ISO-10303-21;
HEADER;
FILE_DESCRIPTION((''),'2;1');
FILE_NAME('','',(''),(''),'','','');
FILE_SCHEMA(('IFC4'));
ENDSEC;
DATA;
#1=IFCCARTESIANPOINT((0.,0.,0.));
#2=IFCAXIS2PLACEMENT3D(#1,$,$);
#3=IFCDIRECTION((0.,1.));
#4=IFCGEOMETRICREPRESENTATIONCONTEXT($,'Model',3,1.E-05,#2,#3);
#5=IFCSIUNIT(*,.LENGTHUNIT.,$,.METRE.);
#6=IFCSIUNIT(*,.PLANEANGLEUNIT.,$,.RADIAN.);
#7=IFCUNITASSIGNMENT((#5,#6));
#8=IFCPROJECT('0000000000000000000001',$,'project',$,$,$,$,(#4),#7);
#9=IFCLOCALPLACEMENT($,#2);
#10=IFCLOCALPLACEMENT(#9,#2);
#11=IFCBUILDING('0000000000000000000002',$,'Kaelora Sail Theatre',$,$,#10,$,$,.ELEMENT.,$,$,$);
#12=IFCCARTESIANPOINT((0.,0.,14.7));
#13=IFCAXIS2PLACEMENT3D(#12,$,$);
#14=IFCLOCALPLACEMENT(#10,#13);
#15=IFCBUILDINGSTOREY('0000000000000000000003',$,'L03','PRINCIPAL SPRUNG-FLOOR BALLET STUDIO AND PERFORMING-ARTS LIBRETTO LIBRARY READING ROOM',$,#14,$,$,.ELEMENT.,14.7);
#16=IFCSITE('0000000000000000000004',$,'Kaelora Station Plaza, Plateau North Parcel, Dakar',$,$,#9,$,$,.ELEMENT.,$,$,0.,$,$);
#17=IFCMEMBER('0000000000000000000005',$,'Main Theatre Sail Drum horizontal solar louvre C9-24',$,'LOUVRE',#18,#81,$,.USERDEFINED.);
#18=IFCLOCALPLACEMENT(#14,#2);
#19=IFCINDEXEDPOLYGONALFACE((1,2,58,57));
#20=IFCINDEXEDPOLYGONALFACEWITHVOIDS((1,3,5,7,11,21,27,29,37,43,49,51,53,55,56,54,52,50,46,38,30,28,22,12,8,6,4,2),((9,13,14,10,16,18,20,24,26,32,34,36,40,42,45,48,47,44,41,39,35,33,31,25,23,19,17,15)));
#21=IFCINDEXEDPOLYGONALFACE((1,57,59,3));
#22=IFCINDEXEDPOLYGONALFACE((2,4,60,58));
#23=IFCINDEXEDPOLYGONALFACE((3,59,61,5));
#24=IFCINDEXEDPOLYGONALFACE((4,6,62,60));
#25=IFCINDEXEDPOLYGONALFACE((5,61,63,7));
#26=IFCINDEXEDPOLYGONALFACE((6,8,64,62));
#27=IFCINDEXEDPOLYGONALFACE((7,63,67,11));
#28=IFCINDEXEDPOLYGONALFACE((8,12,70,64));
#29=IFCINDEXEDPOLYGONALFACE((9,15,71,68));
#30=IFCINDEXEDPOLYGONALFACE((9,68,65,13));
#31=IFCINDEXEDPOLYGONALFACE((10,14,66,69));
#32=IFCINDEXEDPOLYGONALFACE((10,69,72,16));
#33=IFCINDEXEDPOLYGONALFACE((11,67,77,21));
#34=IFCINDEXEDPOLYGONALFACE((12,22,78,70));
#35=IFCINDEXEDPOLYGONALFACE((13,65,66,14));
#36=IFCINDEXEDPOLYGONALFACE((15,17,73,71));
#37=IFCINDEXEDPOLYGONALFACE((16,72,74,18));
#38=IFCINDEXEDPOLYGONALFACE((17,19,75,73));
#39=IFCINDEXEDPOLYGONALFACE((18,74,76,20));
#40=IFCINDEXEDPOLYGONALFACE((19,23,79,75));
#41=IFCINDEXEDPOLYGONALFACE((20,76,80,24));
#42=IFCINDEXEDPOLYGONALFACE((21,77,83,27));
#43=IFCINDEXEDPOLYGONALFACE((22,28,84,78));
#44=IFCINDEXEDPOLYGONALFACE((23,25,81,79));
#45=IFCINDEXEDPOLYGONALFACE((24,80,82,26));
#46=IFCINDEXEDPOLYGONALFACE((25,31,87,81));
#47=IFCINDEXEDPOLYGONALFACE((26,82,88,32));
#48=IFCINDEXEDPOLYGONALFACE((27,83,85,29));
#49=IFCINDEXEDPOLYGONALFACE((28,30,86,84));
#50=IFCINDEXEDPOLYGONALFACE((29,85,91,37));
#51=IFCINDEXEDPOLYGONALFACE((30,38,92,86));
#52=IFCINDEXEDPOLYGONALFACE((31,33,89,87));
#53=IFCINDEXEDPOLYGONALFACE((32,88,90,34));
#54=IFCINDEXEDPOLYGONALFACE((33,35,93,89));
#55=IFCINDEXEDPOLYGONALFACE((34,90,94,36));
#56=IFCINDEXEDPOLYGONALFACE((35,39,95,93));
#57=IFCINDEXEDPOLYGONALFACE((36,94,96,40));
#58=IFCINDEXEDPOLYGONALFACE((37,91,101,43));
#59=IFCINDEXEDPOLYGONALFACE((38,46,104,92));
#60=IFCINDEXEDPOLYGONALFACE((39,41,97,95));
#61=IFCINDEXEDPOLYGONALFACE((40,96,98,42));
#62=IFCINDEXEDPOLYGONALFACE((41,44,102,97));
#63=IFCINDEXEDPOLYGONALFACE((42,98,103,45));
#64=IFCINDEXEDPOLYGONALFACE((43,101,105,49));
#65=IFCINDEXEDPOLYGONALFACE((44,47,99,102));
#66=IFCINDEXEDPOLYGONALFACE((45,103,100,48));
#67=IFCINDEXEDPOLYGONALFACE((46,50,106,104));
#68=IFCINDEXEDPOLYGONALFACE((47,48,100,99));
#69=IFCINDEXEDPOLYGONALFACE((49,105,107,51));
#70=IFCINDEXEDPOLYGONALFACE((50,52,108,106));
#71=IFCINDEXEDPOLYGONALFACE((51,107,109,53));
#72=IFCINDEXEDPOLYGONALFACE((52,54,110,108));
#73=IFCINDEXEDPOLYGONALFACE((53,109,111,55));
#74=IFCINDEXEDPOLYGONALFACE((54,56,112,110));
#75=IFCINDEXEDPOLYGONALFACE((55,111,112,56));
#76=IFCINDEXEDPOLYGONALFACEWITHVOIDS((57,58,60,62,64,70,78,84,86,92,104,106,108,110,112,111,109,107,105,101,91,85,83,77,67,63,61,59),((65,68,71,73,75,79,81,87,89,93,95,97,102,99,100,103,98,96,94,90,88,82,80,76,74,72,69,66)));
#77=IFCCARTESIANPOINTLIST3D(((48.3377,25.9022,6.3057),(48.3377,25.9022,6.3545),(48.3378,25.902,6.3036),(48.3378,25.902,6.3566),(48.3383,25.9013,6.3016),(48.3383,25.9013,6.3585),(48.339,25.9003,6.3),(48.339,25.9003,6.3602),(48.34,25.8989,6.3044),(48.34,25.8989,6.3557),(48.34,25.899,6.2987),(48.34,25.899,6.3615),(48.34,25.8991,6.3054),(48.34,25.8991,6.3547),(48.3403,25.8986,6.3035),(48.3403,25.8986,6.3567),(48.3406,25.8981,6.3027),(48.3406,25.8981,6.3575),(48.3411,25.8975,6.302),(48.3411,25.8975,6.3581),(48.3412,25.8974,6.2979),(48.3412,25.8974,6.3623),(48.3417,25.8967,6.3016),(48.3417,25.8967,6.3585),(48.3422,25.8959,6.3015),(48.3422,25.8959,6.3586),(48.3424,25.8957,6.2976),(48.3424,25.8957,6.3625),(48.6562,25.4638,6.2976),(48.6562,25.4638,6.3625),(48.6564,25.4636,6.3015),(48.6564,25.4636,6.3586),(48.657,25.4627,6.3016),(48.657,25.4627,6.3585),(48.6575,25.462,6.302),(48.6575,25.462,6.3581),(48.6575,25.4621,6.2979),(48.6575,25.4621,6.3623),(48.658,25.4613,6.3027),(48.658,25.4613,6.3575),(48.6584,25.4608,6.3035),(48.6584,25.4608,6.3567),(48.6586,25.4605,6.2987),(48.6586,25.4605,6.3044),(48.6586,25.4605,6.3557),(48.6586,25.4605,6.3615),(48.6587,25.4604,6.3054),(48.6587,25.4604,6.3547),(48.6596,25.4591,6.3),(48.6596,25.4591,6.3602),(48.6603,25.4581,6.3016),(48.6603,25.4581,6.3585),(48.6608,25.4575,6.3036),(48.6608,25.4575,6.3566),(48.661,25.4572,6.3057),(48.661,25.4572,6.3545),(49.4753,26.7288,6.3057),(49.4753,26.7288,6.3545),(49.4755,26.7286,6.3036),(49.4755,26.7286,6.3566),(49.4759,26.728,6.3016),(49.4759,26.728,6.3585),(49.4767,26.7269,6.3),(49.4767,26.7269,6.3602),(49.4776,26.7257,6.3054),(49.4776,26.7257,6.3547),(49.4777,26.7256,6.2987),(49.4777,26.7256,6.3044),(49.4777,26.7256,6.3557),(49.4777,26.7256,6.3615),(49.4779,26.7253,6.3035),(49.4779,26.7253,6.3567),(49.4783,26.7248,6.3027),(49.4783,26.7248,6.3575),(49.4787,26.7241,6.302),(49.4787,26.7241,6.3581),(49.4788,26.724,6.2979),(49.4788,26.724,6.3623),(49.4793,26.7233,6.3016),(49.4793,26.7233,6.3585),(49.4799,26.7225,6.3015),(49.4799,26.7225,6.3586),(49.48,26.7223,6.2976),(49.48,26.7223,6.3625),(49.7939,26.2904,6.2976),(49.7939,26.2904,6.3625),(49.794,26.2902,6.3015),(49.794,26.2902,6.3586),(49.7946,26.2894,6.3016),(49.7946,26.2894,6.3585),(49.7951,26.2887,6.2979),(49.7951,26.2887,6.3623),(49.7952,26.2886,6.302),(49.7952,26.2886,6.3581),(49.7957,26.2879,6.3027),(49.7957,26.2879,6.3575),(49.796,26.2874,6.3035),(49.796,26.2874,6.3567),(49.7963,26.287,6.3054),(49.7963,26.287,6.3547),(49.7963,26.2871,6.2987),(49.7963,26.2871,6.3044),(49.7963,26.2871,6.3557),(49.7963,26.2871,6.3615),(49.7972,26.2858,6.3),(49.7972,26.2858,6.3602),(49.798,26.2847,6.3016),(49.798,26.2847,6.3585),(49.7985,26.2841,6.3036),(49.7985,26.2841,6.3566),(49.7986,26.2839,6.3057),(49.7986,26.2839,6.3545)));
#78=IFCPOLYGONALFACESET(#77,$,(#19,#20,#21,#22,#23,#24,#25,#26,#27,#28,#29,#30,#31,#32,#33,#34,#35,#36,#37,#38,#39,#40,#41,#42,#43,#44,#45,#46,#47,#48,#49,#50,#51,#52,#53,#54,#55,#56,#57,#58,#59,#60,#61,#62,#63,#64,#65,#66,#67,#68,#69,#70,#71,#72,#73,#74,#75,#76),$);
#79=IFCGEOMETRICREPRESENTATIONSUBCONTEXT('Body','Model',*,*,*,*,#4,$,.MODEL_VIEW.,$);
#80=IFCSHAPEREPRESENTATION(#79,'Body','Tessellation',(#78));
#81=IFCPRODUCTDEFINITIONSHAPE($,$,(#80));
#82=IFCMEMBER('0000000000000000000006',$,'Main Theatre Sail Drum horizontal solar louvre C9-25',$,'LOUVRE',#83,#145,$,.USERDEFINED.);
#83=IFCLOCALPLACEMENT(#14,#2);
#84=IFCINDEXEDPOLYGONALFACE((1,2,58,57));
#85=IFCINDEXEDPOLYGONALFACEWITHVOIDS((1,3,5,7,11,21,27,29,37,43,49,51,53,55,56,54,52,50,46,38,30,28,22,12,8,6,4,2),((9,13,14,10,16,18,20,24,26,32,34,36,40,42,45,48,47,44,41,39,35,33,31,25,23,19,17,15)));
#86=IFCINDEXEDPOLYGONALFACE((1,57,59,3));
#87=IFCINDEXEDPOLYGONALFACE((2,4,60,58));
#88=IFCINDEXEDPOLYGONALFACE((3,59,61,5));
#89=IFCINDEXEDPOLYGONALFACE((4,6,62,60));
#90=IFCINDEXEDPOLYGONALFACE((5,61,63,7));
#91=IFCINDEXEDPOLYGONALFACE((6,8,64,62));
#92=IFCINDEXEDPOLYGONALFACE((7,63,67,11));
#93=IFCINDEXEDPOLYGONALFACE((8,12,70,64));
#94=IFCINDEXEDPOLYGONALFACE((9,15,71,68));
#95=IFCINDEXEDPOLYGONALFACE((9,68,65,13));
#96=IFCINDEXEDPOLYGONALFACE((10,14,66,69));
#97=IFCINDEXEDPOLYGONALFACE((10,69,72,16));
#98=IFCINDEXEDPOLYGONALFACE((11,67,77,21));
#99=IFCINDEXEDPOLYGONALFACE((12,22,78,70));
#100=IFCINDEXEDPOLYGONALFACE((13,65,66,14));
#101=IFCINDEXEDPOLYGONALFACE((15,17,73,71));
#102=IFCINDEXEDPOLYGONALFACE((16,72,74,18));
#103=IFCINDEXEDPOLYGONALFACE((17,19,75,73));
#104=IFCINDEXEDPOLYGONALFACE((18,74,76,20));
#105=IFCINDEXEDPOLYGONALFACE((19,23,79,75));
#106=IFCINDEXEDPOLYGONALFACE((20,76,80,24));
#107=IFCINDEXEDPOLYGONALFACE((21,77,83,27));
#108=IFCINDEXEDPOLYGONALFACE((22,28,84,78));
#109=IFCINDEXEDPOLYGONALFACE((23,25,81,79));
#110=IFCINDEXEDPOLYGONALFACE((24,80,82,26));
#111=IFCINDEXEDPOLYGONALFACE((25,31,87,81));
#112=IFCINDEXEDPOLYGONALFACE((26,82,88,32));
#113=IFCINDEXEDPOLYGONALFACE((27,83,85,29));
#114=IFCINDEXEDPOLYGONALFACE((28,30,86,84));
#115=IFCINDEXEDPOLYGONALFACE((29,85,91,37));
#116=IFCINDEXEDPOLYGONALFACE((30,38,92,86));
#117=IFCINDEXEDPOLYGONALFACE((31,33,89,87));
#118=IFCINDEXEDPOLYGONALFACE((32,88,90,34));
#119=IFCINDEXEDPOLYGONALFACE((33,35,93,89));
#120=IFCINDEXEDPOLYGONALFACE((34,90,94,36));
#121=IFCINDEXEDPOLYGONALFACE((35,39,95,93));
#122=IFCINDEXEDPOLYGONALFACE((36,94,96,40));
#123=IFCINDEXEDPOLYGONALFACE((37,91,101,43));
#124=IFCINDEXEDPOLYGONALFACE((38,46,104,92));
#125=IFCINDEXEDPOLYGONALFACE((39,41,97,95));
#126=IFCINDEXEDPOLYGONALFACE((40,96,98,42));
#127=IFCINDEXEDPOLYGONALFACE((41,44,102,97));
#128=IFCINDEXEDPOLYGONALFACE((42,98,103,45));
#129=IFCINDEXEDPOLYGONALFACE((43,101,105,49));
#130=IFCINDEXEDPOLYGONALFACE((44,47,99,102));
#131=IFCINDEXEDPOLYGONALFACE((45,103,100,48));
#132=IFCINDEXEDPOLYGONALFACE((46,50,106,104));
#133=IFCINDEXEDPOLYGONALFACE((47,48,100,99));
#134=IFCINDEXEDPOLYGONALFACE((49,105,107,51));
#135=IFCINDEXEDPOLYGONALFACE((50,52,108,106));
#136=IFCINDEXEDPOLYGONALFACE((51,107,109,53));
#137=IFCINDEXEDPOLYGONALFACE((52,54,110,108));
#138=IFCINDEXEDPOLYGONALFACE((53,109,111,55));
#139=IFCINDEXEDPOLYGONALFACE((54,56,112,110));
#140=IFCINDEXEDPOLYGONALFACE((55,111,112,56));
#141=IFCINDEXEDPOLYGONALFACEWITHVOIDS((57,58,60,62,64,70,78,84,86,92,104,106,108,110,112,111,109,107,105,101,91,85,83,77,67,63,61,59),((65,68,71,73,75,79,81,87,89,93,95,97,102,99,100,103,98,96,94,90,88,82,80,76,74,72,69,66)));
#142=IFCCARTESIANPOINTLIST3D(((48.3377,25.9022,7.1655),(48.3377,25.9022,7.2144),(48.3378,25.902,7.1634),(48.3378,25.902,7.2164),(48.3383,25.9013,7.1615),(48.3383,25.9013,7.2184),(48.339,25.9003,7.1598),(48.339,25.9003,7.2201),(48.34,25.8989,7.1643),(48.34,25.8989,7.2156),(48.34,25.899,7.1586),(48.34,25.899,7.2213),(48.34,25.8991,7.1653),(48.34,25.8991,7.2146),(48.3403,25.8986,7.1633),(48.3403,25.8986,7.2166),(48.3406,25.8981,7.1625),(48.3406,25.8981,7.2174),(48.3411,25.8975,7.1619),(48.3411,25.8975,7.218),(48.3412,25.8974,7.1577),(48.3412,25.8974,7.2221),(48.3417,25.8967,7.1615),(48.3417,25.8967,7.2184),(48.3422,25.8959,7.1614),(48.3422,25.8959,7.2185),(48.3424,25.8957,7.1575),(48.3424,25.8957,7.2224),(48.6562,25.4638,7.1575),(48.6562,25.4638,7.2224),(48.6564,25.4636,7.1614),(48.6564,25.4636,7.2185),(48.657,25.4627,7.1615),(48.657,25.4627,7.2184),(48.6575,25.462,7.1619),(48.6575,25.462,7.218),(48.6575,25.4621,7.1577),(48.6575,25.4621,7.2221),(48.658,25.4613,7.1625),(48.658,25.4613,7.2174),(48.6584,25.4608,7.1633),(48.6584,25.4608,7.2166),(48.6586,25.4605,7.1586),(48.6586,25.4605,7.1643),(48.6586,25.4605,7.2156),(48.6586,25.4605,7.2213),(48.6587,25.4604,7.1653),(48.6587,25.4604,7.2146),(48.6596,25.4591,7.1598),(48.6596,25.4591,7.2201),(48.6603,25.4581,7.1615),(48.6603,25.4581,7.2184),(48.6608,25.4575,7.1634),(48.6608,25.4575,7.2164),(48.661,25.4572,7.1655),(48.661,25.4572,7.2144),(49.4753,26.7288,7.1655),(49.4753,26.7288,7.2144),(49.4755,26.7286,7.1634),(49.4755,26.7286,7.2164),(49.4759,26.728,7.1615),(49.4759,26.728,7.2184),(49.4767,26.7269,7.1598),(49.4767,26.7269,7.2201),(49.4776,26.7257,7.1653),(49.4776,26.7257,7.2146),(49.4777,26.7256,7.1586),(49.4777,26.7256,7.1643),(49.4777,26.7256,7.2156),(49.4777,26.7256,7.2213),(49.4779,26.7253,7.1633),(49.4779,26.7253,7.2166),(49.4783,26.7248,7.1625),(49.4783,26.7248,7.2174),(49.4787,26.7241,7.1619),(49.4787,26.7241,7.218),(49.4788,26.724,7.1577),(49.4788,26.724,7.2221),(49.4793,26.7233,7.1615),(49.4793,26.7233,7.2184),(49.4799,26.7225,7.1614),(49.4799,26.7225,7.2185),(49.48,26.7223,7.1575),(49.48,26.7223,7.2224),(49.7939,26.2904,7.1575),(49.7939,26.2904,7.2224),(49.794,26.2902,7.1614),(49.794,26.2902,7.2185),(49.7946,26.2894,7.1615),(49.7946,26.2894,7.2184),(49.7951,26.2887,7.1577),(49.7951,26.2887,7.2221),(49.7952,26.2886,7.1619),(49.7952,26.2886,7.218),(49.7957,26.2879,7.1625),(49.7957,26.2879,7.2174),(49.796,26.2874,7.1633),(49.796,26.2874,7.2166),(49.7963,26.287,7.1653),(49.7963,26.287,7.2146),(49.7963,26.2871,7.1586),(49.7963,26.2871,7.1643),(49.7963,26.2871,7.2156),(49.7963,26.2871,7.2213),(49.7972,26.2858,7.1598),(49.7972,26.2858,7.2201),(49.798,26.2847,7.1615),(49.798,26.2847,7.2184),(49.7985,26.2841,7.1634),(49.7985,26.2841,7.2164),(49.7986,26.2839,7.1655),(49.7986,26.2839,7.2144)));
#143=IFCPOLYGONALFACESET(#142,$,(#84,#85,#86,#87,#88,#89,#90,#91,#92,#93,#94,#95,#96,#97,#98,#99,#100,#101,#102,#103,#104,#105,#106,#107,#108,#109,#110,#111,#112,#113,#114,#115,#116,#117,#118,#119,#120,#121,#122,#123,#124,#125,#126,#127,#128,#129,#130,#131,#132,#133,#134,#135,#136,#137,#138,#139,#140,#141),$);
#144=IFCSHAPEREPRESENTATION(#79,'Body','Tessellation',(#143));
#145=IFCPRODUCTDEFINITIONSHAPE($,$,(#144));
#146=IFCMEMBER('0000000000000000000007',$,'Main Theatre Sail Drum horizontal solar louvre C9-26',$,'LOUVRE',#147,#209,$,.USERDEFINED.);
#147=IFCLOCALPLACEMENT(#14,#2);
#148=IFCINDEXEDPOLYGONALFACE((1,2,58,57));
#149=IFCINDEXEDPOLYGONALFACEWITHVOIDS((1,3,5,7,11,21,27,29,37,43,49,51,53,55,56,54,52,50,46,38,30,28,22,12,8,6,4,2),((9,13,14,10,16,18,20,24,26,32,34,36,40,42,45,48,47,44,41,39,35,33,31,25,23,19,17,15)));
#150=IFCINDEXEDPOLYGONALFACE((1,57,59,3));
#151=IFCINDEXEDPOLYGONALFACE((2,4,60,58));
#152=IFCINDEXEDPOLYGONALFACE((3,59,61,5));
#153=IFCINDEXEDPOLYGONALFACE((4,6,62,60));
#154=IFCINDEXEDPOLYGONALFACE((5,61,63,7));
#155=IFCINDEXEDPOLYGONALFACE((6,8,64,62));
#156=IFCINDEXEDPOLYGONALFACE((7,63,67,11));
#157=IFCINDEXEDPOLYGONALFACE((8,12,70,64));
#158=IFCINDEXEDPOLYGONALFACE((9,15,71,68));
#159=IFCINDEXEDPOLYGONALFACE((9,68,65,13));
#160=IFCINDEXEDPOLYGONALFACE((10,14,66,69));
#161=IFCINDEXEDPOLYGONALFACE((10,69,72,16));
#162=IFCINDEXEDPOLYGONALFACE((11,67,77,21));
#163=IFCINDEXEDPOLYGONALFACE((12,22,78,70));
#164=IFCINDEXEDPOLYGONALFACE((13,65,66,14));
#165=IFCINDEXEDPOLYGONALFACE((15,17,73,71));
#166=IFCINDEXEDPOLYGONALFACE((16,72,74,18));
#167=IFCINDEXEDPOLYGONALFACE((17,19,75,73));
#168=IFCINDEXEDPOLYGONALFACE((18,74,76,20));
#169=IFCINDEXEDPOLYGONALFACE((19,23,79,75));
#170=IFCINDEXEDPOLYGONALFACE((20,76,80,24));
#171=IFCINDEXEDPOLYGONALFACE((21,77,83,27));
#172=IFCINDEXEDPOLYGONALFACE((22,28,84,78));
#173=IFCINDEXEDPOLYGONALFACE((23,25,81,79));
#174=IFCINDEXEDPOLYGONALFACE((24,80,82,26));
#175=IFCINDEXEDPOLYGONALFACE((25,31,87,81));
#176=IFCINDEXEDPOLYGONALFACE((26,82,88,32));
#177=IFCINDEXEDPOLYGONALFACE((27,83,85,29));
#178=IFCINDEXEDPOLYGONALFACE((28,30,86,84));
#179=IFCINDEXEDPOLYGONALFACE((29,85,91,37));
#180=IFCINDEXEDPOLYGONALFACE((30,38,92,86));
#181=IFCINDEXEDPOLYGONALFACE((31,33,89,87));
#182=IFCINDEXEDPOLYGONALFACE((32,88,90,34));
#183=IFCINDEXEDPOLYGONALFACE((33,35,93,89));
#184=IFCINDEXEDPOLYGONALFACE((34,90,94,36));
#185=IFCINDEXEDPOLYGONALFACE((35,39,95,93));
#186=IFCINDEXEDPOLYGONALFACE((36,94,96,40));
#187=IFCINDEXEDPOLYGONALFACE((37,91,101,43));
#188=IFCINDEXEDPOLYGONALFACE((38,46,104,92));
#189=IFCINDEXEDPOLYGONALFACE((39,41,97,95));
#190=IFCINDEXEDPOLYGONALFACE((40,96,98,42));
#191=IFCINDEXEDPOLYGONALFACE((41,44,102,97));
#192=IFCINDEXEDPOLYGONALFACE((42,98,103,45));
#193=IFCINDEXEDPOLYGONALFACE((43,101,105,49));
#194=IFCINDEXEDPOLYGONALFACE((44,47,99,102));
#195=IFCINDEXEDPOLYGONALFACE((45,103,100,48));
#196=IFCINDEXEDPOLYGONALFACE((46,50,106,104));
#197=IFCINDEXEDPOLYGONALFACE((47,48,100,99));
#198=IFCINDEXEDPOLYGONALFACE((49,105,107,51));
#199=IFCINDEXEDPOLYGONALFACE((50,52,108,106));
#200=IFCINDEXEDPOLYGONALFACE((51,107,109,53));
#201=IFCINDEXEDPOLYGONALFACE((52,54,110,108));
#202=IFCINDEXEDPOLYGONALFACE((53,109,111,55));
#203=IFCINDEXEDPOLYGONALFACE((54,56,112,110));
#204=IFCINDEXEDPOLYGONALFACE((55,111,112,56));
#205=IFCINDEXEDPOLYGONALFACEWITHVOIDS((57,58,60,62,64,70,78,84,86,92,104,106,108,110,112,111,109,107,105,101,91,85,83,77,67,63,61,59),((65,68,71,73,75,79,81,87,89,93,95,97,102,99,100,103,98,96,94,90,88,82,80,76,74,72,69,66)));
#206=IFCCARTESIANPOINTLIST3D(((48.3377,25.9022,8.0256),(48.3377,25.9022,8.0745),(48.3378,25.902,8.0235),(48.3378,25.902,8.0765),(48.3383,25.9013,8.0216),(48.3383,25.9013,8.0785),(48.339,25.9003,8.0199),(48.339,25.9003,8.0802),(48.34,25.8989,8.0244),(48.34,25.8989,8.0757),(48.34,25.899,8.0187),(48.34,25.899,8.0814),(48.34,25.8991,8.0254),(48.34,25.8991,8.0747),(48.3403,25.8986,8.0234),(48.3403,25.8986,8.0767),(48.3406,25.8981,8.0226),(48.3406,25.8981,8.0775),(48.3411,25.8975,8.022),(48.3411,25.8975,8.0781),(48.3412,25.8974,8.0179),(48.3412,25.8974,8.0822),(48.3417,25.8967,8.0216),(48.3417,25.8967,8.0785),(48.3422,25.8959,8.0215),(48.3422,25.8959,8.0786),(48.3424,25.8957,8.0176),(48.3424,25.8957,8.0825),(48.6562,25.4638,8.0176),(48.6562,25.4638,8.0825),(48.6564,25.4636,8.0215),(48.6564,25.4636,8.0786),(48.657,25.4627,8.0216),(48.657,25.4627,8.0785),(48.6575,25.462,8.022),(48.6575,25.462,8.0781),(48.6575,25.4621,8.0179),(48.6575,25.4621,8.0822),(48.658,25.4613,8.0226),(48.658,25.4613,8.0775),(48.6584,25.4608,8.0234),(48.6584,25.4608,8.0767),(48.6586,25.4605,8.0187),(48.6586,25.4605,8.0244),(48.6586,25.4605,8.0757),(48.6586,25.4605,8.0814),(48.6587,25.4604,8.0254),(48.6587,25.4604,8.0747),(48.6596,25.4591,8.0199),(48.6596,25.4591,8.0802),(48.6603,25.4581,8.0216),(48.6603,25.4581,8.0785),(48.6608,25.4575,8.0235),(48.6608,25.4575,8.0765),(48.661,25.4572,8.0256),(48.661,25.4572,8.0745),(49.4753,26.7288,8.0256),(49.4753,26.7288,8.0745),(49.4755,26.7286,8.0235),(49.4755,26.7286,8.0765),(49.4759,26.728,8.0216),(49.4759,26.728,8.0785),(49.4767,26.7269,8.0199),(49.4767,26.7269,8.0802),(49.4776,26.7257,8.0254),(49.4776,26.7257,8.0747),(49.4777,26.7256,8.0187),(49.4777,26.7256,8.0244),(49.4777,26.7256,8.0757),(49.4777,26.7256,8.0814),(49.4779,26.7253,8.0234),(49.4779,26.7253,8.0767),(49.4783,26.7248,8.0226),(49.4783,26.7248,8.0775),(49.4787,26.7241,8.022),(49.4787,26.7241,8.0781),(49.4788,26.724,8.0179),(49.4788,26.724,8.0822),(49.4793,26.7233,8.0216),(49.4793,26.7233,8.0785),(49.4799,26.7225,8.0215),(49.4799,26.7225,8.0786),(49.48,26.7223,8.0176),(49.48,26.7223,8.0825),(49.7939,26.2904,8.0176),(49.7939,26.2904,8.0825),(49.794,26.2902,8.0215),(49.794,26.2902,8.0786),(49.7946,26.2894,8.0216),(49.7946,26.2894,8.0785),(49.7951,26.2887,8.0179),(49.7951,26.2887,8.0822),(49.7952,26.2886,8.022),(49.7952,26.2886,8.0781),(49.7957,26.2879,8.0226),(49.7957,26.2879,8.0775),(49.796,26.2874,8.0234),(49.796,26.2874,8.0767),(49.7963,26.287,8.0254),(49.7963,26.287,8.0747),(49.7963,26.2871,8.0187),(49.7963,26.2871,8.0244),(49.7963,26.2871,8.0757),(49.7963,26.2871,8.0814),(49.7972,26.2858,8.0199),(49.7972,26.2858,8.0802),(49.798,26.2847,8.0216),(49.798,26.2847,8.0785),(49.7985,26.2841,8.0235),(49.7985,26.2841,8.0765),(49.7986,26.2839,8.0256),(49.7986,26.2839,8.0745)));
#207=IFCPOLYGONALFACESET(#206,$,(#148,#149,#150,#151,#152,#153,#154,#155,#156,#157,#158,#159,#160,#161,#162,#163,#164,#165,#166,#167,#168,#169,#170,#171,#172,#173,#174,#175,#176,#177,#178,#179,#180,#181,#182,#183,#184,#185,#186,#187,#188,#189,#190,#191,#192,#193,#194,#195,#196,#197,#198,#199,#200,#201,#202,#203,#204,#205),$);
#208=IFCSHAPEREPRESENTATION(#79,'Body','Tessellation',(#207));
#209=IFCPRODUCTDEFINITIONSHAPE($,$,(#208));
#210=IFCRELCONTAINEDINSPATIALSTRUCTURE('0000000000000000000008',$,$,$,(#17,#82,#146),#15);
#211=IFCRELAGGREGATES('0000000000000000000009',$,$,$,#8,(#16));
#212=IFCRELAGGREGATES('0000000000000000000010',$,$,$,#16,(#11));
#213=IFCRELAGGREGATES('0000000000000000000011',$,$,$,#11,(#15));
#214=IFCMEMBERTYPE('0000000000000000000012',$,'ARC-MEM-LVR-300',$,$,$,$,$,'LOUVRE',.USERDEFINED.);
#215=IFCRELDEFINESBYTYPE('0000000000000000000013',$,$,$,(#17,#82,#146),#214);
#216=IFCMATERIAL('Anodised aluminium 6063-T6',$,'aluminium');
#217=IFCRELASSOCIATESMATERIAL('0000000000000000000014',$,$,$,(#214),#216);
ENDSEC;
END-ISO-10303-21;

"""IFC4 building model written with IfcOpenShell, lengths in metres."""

from ifc_helpers import new_model, si_unit, direction, frame, origin, origin_2d, place, context, subcontext, project, spatial, hollow_rectangle, extrude, material, material_profile, profile_set, type_object, element, save


model = new_model("IFC4")

# Units and contexts
model_context = context("Model", 3, precision=1e-05, world=origin(), true_north=direction((0.0, 1.0)))
body_context = subcontext(model_context, "Body", "Model", "MODEL_VIEW")
ifc_project = project(units=[si_unit("LENGTHUNIT", "METRE"), si_unit("PLANEANGLEUNIT", "RADIAN")], contexts=[model_context])

# Site, building, storey
site_placement = place(None, origin())
site = spatial("IfcSite", under=ifc_project, at=site_placement, Name="Kaelora Station Plaza, Plateau North Parcel, Dakar", CompositionType="ELEMENT", RefElevation=0.0)
building_placement = place(site_placement, origin())
building = spatial("IfcBuilding", under=site, at=building_placement, Name="Kaelora Sail Theatre", CompositionType="ELEMENT")
storey_placement = place(building_placement, frame((0.0, 0.0, 14.7)))
storey = spatial("IfcBuildingStorey", under=building, at=storey_placement, Name="L03", Description="PRINCIPAL SPRUNG-FLOOR BALLET STUDIO AND PERFORMING-ARTS LIBRETTO LIBRARY READING ROOM", CompositionType="ELEMENT", Elevation=14.7)

# Members
ifc_material = material(Name="Anodised aluminium 6063-T6", Category="aluminium")
ifc_material_profile = material_profile(ifc_material, hollow_rectangle(XDim=0.55, YDim=0.0649, WallThickness=0.0039, InnerFilletRadius=0.0039, OuterFilletRadius=0.0081, at=origin_2d()), Name="LOUVRE 550x65x4")
ifc_profile_set = profile_set([ifc_material_profile], Name="Anodised aluminium 6063-T6")
member_type = type_object("IfcMemberType", Name="ARC-MEM-LVR-300", ElementType="LOUVRE", PredefinedType="USERDEFINED", material=ifc_profile_set)
for number, where, z_axis, x_axis, name in (
    (1, (49.637, 26.5063, 6.3301), (-0.808991, -0.587821, 0.0), (0.587821, -0.808991, 0.0), "Main Theatre Sail Drum horizontal solar louvre C9-24"),
    (2, (49.637, 26.5063, 7.1899), (-0.808991, -0.587821, 0.0), (0.587821, -0.808991, 0.0), "Main Theatre Sail Drum horizontal solar louvre C9-25"),
    (3, (49.637, 26.5063, 8.05), (-0.808991, -0.587821, 0.0), (0.587821, -0.808991, 0.0), "Main Theatre Sail Drum horizontal solar louvre C9-26"),
):
    element("IfcMember", number, at=place(storey_placement, frame(where, z_axis=z_axis, x_axis=x_axis)), inside=storey, type_object=member_type, Name=name, ObjectType="LOUVRE", PredefinedType="USERDEFINED", context=body_context, shape_type="SweptSolid", body=[
        extrude(hollow_rectangle(XDim=0.55, YDim=0.0649, WallThickness=0.0039, InnerFilletRadius=0.0039, OuterFilletRadius=0.0081, at=origin_2d()), origin(), (0.0, 0.0, 1.0), 1.4062),
    ])

save(model, "model.ifc")
